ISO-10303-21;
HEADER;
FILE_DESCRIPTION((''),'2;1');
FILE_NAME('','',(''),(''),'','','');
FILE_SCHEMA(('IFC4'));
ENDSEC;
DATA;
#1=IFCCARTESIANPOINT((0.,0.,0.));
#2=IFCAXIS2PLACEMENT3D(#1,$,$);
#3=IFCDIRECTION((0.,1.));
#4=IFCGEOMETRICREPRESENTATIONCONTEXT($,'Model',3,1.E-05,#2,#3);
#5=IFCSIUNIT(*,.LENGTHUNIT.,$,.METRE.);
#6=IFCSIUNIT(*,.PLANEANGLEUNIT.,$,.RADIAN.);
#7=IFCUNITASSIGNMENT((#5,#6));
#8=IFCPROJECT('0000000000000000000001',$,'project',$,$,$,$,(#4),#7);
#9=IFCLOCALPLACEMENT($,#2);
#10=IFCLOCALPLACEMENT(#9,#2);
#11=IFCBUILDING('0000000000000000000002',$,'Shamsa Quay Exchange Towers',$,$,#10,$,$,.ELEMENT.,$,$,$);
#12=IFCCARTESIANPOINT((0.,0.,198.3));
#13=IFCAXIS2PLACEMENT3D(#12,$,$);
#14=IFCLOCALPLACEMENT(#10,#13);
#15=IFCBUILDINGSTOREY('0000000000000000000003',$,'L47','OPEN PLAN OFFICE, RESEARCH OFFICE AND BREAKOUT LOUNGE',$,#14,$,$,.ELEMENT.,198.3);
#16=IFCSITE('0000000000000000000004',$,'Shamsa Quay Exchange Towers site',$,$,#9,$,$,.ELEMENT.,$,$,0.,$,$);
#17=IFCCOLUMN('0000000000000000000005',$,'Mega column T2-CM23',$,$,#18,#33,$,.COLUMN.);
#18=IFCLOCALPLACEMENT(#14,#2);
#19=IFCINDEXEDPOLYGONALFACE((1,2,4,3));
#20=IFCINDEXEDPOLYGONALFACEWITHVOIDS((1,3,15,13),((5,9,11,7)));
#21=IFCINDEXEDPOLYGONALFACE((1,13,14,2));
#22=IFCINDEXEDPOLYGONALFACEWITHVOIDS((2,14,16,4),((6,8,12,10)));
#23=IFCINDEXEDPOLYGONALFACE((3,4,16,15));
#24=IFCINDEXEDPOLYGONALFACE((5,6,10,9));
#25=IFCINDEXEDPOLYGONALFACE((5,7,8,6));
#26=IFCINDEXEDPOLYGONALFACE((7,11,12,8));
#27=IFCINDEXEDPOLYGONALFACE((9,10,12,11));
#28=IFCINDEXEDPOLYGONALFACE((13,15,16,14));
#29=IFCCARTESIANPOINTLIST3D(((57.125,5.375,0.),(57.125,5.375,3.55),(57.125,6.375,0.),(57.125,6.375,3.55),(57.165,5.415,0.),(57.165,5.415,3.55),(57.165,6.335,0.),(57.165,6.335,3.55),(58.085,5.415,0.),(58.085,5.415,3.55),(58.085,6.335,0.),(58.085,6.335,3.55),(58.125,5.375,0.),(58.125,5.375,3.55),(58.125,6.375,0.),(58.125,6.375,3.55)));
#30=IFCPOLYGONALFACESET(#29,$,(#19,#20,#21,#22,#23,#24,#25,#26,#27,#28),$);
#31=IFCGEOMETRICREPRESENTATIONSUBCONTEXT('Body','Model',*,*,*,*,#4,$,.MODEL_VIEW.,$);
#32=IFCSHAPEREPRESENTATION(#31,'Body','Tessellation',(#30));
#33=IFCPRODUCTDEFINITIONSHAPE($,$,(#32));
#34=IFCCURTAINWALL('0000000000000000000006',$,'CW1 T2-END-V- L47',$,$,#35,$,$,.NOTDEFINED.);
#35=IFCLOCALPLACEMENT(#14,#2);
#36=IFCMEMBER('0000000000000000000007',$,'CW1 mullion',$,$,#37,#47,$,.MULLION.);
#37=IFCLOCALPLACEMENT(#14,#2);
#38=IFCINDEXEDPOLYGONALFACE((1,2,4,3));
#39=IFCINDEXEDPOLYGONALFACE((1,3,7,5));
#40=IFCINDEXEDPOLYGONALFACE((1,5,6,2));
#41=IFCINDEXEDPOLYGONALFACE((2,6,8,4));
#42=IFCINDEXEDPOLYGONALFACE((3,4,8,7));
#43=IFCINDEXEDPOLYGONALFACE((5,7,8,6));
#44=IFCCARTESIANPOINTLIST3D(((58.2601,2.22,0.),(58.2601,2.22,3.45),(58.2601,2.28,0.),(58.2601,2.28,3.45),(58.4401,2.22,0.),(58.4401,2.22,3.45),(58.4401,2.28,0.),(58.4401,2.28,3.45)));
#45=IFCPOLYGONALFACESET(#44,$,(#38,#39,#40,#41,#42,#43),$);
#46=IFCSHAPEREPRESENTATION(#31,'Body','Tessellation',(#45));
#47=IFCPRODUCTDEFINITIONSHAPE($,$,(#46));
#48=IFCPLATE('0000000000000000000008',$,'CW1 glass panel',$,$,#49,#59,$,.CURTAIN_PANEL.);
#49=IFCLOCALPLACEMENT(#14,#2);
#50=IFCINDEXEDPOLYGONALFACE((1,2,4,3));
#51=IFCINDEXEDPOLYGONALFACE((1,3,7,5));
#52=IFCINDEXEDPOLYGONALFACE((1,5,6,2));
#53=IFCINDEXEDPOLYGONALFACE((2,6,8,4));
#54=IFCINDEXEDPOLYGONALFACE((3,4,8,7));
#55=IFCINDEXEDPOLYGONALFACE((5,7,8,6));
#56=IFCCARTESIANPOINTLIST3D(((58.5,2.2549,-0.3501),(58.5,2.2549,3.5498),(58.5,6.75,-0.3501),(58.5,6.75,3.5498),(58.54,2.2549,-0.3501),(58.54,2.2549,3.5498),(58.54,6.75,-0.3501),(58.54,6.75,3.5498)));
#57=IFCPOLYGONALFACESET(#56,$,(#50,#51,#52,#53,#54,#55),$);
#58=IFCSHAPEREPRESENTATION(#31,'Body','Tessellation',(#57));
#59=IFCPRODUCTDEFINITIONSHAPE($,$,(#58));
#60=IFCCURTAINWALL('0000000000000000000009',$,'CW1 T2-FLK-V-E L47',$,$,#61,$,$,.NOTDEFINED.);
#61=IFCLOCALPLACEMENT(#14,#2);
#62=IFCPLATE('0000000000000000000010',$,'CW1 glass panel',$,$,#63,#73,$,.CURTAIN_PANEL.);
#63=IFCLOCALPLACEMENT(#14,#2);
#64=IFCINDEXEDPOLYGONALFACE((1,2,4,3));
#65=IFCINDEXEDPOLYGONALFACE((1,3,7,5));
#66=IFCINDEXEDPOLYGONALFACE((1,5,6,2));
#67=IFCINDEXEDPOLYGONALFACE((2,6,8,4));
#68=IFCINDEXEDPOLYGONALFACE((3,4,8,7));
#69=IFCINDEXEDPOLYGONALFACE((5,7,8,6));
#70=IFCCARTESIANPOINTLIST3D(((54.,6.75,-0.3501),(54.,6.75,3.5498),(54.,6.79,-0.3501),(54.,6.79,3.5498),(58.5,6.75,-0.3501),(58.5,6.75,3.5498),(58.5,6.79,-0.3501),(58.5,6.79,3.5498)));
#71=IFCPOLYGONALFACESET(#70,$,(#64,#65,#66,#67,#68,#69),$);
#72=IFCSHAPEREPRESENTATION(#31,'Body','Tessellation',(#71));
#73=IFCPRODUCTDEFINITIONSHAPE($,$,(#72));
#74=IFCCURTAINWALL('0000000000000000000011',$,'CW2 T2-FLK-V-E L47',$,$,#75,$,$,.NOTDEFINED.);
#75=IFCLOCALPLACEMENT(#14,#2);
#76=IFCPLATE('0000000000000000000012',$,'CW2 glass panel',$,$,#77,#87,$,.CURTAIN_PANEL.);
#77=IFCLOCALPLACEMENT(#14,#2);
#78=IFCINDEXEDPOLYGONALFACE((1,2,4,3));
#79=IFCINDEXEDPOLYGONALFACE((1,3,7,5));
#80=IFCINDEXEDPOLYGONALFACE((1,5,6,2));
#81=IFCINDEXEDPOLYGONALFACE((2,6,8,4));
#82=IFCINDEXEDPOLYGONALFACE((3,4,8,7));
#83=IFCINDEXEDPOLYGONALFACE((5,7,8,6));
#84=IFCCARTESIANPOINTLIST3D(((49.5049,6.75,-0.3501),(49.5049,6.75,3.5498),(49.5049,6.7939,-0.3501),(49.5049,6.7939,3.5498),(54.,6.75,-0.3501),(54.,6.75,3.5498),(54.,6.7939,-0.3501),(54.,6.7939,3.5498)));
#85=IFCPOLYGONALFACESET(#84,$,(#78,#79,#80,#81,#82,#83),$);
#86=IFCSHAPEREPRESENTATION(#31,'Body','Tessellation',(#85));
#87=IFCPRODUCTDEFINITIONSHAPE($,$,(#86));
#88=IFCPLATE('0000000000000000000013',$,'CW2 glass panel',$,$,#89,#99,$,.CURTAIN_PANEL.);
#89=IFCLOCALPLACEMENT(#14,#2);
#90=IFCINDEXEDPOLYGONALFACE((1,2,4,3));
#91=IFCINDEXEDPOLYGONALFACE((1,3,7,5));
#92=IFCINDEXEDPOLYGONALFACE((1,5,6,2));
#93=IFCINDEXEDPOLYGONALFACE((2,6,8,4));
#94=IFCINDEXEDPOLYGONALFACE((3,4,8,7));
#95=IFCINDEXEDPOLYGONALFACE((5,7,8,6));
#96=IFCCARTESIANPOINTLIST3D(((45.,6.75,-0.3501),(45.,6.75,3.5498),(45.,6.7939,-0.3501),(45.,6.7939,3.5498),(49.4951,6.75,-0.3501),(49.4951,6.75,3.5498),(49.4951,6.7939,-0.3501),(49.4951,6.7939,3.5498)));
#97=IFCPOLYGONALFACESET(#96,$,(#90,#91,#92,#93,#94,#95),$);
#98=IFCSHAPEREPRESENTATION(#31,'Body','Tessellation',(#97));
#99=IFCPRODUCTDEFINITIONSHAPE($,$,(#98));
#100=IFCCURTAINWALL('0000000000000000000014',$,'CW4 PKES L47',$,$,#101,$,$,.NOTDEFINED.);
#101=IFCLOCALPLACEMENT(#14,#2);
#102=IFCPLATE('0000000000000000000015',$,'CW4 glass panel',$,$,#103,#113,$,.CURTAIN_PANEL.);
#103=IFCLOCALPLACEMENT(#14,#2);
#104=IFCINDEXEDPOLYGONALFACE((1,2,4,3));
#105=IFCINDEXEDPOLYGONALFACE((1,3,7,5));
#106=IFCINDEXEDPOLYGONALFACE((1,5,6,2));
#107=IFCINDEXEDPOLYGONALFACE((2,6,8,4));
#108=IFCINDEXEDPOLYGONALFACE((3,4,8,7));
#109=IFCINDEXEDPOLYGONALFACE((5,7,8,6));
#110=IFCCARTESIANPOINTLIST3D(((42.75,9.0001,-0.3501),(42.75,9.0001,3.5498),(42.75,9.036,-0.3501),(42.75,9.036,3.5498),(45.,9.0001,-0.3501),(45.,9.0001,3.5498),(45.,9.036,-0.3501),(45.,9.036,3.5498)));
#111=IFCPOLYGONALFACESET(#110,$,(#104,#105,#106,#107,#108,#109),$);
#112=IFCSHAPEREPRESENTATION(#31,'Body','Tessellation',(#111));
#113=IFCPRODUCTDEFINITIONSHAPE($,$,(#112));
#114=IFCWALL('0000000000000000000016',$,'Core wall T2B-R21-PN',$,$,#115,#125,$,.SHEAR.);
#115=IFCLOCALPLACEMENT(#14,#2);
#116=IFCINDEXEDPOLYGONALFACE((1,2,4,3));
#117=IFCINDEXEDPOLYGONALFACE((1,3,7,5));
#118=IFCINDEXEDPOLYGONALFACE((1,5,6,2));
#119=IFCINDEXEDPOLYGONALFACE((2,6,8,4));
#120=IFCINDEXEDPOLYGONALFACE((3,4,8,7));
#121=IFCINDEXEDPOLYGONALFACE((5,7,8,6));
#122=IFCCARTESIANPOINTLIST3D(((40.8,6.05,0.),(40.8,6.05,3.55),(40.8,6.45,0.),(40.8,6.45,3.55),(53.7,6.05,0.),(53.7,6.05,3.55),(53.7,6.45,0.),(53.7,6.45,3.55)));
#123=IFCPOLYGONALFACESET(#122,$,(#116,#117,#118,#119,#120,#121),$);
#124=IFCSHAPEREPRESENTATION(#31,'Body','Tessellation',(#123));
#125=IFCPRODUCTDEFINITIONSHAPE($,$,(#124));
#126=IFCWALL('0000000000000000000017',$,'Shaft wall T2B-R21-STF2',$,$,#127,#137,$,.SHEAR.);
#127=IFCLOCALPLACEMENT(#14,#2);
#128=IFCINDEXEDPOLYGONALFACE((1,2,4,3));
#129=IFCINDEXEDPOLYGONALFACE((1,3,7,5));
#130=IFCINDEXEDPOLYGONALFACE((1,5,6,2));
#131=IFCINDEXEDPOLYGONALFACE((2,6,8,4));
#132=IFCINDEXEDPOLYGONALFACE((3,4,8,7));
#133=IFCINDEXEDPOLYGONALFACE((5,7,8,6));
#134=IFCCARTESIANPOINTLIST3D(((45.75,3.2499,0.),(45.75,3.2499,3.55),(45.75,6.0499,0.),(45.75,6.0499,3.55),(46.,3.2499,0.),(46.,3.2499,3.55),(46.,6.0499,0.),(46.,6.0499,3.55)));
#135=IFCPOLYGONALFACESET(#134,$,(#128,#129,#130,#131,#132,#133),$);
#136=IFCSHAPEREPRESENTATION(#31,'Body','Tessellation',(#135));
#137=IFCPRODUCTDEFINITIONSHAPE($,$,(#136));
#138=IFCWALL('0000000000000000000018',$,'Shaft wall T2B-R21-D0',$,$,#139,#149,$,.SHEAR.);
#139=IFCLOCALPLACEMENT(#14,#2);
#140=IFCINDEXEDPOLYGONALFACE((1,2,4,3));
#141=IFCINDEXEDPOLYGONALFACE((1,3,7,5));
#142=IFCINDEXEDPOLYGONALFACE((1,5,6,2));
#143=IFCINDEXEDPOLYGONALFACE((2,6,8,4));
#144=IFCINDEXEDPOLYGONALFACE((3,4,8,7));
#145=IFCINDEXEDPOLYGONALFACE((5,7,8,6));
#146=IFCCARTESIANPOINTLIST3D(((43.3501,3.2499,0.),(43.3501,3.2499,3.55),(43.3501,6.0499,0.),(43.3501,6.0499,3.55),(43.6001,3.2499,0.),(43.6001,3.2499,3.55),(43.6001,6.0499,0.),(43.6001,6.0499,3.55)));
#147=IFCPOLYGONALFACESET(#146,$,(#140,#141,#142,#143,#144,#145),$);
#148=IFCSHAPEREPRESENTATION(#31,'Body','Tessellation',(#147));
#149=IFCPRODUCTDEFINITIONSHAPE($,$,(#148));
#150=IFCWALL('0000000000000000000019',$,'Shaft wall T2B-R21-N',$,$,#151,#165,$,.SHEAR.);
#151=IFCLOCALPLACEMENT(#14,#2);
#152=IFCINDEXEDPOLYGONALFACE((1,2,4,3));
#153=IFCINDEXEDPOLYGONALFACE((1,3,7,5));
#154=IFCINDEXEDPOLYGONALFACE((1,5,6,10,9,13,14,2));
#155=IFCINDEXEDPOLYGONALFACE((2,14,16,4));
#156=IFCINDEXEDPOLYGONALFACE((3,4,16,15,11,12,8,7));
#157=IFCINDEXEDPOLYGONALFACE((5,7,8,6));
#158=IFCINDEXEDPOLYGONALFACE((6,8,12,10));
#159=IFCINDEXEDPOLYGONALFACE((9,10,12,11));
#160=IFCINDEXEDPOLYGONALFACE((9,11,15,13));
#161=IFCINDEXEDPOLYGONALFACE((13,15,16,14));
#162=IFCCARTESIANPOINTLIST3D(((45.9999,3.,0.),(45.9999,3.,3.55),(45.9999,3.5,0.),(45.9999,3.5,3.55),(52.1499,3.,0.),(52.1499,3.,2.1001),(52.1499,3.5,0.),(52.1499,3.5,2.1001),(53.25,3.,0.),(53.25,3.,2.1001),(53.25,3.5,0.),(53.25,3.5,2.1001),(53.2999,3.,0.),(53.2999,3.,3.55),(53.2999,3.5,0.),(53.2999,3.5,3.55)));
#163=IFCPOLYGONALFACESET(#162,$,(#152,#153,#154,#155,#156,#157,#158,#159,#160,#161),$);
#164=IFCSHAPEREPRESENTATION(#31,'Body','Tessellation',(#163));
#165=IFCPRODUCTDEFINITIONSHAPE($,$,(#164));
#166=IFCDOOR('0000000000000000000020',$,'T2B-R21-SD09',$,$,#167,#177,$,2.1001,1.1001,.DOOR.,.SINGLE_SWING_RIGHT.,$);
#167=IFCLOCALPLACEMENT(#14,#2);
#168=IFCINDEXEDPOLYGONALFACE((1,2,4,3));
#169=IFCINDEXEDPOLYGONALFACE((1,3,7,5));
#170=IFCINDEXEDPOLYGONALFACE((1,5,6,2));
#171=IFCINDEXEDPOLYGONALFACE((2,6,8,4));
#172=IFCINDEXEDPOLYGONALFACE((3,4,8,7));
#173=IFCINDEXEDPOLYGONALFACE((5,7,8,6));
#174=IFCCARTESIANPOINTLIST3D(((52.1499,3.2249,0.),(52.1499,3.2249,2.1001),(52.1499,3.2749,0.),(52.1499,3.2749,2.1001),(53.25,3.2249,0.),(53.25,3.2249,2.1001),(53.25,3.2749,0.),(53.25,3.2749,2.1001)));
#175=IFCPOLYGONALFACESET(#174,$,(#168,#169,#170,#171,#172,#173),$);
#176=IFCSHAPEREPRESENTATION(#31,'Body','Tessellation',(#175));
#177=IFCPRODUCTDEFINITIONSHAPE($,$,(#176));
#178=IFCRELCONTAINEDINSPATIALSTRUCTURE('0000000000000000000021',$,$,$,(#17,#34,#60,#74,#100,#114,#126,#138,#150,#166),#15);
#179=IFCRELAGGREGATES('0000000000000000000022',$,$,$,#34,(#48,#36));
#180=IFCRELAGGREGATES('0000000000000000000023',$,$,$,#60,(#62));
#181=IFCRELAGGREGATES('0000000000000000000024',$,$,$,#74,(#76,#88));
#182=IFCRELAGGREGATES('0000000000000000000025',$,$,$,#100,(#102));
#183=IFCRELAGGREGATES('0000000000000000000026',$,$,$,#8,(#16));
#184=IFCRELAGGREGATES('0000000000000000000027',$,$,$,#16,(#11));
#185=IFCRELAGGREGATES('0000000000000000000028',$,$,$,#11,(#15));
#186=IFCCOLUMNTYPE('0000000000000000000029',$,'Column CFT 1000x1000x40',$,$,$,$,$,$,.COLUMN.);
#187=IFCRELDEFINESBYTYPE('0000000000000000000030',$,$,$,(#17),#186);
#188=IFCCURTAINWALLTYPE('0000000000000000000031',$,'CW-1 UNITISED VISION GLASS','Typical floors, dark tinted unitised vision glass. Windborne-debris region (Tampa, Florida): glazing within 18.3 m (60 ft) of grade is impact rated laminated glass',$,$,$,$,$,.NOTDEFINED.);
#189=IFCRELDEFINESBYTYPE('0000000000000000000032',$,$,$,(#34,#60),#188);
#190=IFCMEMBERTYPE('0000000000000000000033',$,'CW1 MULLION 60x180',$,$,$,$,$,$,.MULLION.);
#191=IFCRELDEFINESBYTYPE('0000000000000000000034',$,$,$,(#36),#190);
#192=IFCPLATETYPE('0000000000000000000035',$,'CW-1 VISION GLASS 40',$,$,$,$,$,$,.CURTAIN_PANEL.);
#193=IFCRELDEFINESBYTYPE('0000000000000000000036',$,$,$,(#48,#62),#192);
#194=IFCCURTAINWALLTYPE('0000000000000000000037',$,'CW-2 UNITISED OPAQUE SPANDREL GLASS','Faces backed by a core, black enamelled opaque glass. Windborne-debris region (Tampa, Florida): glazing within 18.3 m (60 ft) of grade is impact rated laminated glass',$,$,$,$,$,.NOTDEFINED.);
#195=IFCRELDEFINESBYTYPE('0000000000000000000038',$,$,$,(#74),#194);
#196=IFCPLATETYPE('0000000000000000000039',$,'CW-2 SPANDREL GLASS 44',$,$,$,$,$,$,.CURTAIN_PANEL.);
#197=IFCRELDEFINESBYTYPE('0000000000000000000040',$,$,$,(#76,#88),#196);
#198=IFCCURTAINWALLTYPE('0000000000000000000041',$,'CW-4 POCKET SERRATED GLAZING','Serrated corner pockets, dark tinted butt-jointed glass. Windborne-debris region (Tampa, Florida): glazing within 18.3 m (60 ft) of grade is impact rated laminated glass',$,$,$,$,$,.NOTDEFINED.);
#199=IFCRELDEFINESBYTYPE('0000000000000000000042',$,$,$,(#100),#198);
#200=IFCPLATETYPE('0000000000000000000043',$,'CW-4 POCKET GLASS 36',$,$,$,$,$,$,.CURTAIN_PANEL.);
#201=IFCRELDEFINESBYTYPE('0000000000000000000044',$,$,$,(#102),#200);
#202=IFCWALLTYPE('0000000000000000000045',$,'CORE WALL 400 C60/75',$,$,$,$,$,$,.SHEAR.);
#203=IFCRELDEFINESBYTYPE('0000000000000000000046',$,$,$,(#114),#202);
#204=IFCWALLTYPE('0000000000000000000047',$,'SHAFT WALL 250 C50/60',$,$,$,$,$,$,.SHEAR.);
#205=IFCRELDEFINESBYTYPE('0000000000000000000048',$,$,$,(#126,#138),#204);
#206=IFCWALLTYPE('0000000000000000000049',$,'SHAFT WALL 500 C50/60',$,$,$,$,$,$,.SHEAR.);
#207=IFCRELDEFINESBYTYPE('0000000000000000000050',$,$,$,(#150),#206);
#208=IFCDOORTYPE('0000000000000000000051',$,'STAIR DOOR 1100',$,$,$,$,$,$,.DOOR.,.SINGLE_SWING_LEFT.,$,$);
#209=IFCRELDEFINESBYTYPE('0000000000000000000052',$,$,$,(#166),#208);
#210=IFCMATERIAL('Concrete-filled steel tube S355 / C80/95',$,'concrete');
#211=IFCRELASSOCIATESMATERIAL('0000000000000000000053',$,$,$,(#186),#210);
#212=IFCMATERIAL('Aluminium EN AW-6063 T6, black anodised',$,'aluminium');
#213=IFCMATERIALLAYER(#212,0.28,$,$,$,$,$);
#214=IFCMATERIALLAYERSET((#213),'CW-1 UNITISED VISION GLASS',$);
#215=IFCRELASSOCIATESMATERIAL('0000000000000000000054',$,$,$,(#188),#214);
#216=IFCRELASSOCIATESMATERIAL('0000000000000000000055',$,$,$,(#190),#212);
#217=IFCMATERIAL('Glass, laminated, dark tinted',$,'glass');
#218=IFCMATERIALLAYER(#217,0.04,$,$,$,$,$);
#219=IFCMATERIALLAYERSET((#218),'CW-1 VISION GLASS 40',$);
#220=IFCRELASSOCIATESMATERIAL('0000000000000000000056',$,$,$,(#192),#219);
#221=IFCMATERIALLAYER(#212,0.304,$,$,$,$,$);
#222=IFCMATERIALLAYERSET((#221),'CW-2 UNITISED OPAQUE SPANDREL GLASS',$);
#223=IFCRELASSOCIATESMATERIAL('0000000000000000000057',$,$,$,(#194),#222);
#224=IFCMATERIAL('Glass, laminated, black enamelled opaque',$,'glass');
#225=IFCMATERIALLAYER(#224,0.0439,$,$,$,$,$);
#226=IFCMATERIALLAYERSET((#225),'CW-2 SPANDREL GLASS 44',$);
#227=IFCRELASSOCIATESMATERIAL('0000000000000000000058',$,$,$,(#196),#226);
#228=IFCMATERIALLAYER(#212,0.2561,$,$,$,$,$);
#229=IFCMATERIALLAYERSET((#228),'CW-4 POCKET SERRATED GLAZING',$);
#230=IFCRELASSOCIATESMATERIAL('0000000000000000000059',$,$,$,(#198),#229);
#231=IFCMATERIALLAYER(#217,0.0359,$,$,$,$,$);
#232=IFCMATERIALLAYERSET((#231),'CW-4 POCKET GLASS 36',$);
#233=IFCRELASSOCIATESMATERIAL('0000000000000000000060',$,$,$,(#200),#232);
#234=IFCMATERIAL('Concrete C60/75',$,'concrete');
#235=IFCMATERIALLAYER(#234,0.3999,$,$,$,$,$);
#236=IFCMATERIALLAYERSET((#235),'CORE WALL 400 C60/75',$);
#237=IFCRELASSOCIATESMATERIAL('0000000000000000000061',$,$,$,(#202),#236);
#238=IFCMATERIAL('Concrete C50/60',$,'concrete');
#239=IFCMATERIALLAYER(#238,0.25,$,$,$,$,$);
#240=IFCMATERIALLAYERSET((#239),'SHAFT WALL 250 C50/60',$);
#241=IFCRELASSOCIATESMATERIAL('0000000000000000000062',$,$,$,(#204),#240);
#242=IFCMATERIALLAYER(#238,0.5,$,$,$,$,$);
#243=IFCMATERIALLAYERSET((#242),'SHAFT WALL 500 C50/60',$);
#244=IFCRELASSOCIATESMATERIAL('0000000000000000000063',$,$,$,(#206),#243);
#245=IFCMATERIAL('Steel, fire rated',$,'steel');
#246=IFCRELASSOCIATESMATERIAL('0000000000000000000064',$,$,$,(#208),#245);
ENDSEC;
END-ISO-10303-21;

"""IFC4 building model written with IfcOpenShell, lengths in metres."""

from ifc_helpers import new_model, si_unit, direction, frame, frame_2d, origin, origin_2d, place, context, subcontext, project, spatial, rectangle, hollow_rectangle, extrude, material, layer, layer_set, material_profile, profile_set, type_object, element, fill, aggregate, save


model = new_model("IFC4")

# Units and contexts
model_context = context("Model", 3, precision=1e-05, world=origin(), true_north=direction((0.0, 1.0)))
body_context = subcontext(model_context, "Body", "Model", "MODEL_VIEW")
ifc_project = project(units=[si_unit("LENGTHUNIT", "METRE"), si_unit("PLANEANGLEUNIT", "RADIAN")], contexts=[model_context])

# Site, building, storey
site_placement = place(None, origin())
site = spatial("IfcSite", under=ifc_project, at=site_placement, Name="Shamsa Quay Exchange Towers site", CompositionType="ELEMENT", RefElevation=0.0)
building_placement = place(site_placement, origin())
building = spatial("IfcBuilding", under=site, at=building_placement, Name="Shamsa Quay Exchange Towers", CompositionType="ELEMENT")
storey_placement = place(building_placement, frame((0.0, 0.0, 198.3)))
storey = spatial("IfcBuildingStorey", under=building, at=storey_placement, Name="L47", Description="OPEN PLAN OFFICE, RESEARCH OFFICE AND BREAKOUT LOUNGE", CompositionType="ELEMENT", Elevation=198.3)

# Column
ifc_material_1 = material(Name="Concrete-filled steel tube S355 / C80/95", Category="concrete")
ifc_material_profile_1 = material_profile(ifc_material_1, hollow_rectangle(XDim=1.0, YDim=1.0, WallThickness=0.04, at=origin_2d()), Name="CFT 1000x1000x40")
ifc_profile_set_1 = profile_set([ifc_material_profile_1], Name="Concrete-filled steel tube S355 / C80/95")
column_type = type_object("IfcColumnType", Name="Column CFT 1000x1000x40", PredefinedType="COLUMN", material=ifc_profile_set_1)
column_placement = place(storey_placement, frame((57.625, 5.875, 0.0)))
element("IfcColumn", 1, at=column_placement, inside=storey, type_object=column_type, Name="Mega column T2-CM23", PredefinedType="COLUMN", context=body_context, shape_type="SweptSolid", body=[
    extrude(hollow_rectangle(XDim=1.0, YDim=1.0, WallThickness=0.04, at=origin_2d()), origin(), (0.0, 0.0, 1.0), 3.55),
])

# Curtain wall, member, plate
ifc_material_2 = material(Name="Aluminium EN AW-6063 T6, black anodised", Category="aluminium")
ifc_layer_1 = layer(ifc_material_2, 0.28)
ifc_layer_set_1 = layer_set([ifc_layer_1], Name="CW-1 UNITISED VISION GLASS")
curtain_wall_type_1 = type_object("IfcCurtainWallType", Name="CW-1 UNITISED VISION GLASS", Description="Typical floors, dark tinted unitised vision glass. Windborne-debris region (Tampa, Florida): glazing within 18.3 m (60 ft) of grade is impact rated laminated glass", PredefinedType="NOTDEFINED", material=ifc_layer_set_1)
curtain_wall_1_placement = place(storey_placement, origin())
curtain_wall_1 = element("IfcCurtainWall", 2, at=curtain_wall_1_placement, inside=storey, type_object=curtain_wall_type_1, Name="CW1 T2-END-V- L47", PredefinedType="NOTDEFINED")
ifc_material_profile_2 = material_profile(ifc_material_2, rectangle(XDim=0.1799, YDim=0.0601, at=origin_2d()), Name="MU60x180")
ifc_profile_set_2 = profile_set([ifc_material_profile_2], Name="Aluminium EN AW-6063 T6, black anodised")
member_type = type_object("IfcMemberType", Name="CW1 MULLION 60x180", PredefinedType="MULLION", material=ifc_profile_set_2)
member_placement = place(storey_placement, frame((58.3501, 2.25, 0.0), z_axis=(0.0, 0.0, 1.0), x_axis=(-1.0, 0.0, 0.0)))
member = element("IfcMember", 3, at=member_placement, type_object=member_type, Name="CW1 mullion", PredefinedType="MULLION", context=body_context, shape_type="SweptSolid", body=[
    extrude(rectangle(XDim=0.1799, YDim=0.0601, at=origin_2d()), origin(), (0.0, 0.0, 1.0), 3.45),
])
ifc_material_3 = material(Name="Glass, laminated, dark tinted", Category="glass")
ifc_layer_2 = layer(ifc_material_3, 0.04)
ifc_layer_set_2 = layer_set([ifc_layer_2], Name="CW-1 VISION GLASS 40")
plate_type_1 = type_object("IfcPlateType", Name="CW-1 VISION GLASS 40", PredefinedType="CURTAIN_PANEL", material=ifc_layer_set_2)
plate_1_placement = place(storey_placement, frame((58.52, 4.5024, -0.3501), z_axis=(0.0, 0.0, 1.0), x_axis=(0.0, 1.0, 0.0)))
plate_1 = element("IfcPlate", 4, at=plate_1_placement, type_object=plate_type_1, Name="CW1 glass panel", PredefinedType="CURTAIN_PANEL", context=body_context, shape_type="SweptSolid", body=[
    extrude(rectangle(XDim=4.4951, YDim=0.04, at=origin_2d()), origin(), (0.0, 0.0, 1.0), 3.8999),
])
aggregate(curtain_wall_1, [plate_1, member])

# Curtain wall, plate
curtain_wall_2_placement = place(storey_placement, origin())
curtain_wall_2 = element("IfcCurtainWall", 5, at=curtain_wall_2_placement, inside=storey, type_object=curtain_wall_type_1, Name="CW1 T2-FLK-V-E L47", PredefinedType="NOTDEFINED")
plate_2_placement = place(storey_placement, frame((56.25, 6.77, -0.3501), z_axis=(0.0, 0.0, 1.0), x_axis=(-1.0, 0.0, 0.0)))
plate_2 = element("IfcPlate", 6, at=plate_2_placement, type_object=plate_type_1, Name="CW1 glass panel", PredefinedType="CURTAIN_PANEL", context=body_context, shape_type="SweptSolid", body=[
    extrude(rectangle(XDim=4.5, YDim=0.04, at=origin_2d()), origin(), (0.0, 0.0, 1.0), 3.8999),
])
aggregate(curtain_wall_2, [plate_2])

# Curtain wall, plates
ifc_layer_3 = layer(ifc_material_2, 0.304)
ifc_layer_set_3 = layer_set([ifc_layer_3], Name="CW-2 UNITISED OPAQUE SPANDREL GLASS")
curtain_wall_type_2 = type_object("IfcCurtainWallType", Name="CW-2 UNITISED OPAQUE SPANDREL GLASS", Description="Faces backed by a core, black enamelled opaque glass. Windborne-debris region (Tampa, Florida): glazing within 18.3 m (60 ft) of grade is impact rated laminated glass", PredefinedType="NOTDEFINED", material=ifc_layer_set_3)
curtain_wall_3_placement = place(storey_placement, origin())
curtain_wall_3 = element("IfcCurtainWall", 7, at=curtain_wall_3_placement, inside=storey, type_object=curtain_wall_type_2, Name="CW2 T2-FLK-V-E L47", PredefinedType="NOTDEFINED")
ifc_material_4 = material(Name="Glass, laminated, black enamelled opaque", Category="glass")
ifc_layer_4 = layer(ifc_material_4, 0.0439)
ifc_layer_set_4 = layer_set([ifc_layer_4], Name="CW-2 SPANDREL GLASS 44")
plate_type_2 = type_object("IfcPlateType", Name="CW-2 SPANDREL GLASS 44", PredefinedType="CURTAIN_PANEL", material=ifc_layer_set_4)
plate_3_placement = place(storey_placement, frame((51.7524, 6.772, -0.3501), z_axis=(0.0, 0.0, 1.0), x_axis=(-1.0, 0.0, 0.0)))
plate_3 = element("IfcPlate", 8, at=plate_3_placement, type_object=plate_type_2, Name="CW2 glass panel", PredefinedType="CURTAIN_PANEL", context=body_context, shape_type="SweptSolid", body=[
    extrude(rectangle(XDim=4.4951, YDim=0.0439, at=origin_2d()), origin(), (0.0, 0.0, 1.0), 3.8999),
])
plate_4_placement = place(storey_placement, frame((47.2476, 6.772, -0.3501), z_axis=(0.0, 0.0, 1.0), x_axis=(-1.0, 0.0, 0.0)))
plate_4 = element("IfcPlate", 9, at=plate_4_placement, type_object=plate_type_2, Name="CW2 glass panel", PredefinedType="CURTAIN_PANEL", context=body_context, shape_type="SweptSolid", body=[
    extrude(rectangle(XDim=4.4951, YDim=0.0439, at=origin_2d()), origin(), (0.0, 0.0, 1.0), 3.8999),
])
aggregate(curtain_wall_3, [plate_3, plate_4])

# Curtain wall, plate
ifc_layer_5 = layer(ifc_material_2, 0.2561)
ifc_layer_set_5 = layer_set([ifc_layer_5], Name="CW-4 POCKET SERRATED GLAZING")
curtain_wall_type_3 = type_object("IfcCurtainWallType", Name="CW-4 POCKET SERRATED GLAZING", Description="Serrated corner pockets, dark tinted butt-jointed glass. Windborne-debris region (Tampa, Florida): glazing within 18.3 m (60 ft) of grade is impact rated laminated glass", PredefinedType="NOTDEFINED", material=ifc_layer_set_5)
curtain_wall_4_placement = place(storey_placement, origin())
curtain_wall_4 = element("IfcCurtainWall", 10, at=curtain_wall_4_placement, inside=storey, type_object=curtain_wall_type_3, Name="CW4 PKES L47", PredefinedType="NOTDEFINED")
ifc_layer_6 = layer(ifc_material_3, 0.0359)
ifc_layer_set_6 = layer_set([ifc_layer_6], Name="CW-4 POCKET GLASS 36")
plate_type_3 = type_object("IfcPlateType", Name="CW-4 POCKET GLASS 36", PredefinedType="CURTAIN_PANEL", material=ifc_layer_set_6)
plate_5_placement = place(storey_placement, frame((43.875, 9.0181, -0.3501), z_axis=(0.0, 0.0, 1.0), x_axis=(-1.0, 0.0, 0.0)))
plate_5 = element("IfcPlate", 11, at=plate_5_placement, type_object=plate_type_3, Name="CW4 glass panel", PredefinedType="CURTAIN_PANEL", context=body_context, shape_type="SweptSolid", body=[
    extrude(rectangle(XDim=2.25, YDim=0.0359, at=origin_2d()), origin(), (0.0, 0.0, 1.0), 3.8999),
])
aggregate(curtain_wall_4, [plate_5])

# Walls
ifc_material_5 = material(Name="Concrete C60/75", Category="concrete")
ifc_layer_7 = layer(ifc_material_5, 0.3999)
ifc_layer_set_7 = layer_set([ifc_layer_7], Name="CORE WALL 400 C60/75")
wall_type_1 = type_object("IfcWallType", Name="CORE WALL 400 C60/75", PredefinedType="SHEAR", material=ifc_layer_set_7)
wall_1_placement = place(storey_placement, frame((53.7, 6.25, 0.0), z_axis=(0.0, 0.0, 1.0), x_axis=(-1.0, 0.0, 0.0)))
element("IfcWall", 12, at=wall_1_placement, inside=storey, type_object=wall_type_1, Name="Core wall T2B-R21-PN", PredefinedType="SHEAR", context=body_context, shape_type="SweptSolid", body=[
    extrude(rectangle(XDim=12.8999, YDim=0.3999, at=frame_2d((6.45, 0.0))), origin(), (0.0, 0.0, 1.0), 3.55),
])
ifc_material_6 = material(Name="Concrete C50/60", Category="concrete")
ifc_layer_8 = layer(ifc_material_6, 0.25)
ifc_layer_set_8 = layer_set([ifc_layer_8], Name="SHAFT WALL 250 C50/60")
wall_type_2 = type_object("IfcWallType", Name="SHAFT WALL 250 C50/60", PredefinedType="SHEAR", material=ifc_layer_set_8)
for number, where, z_axis, x_axis, name in (
    (13, (45.875, 3.25, 0.0), (0.0, 0.0, 1.0), (0.0, 1.0, 0.0), "Shaft wall T2B-R21-STF2"),
    (14, (43.4751, 3.25, 0.0), (0.0, 0.0, 1.0), (0.0, 1.0, 0.0), "Shaft wall T2B-R21-D0"),
):
    element("IfcWall", number, at=place(storey_placement, frame(where, z_axis=z_axis, x_axis=x_axis)), inside=storey, type_object=wall_type_2, Name=name, PredefinedType="SHEAR", context=body_context, shape_type="SweptSolid", body=[
        extrude(rectangle(XDim=2.8, YDim=0.25, at=frame_2d((1.3999, 0.0))), origin(), (0.0, 0.0, 1.0), 3.55),
    ])

# Wall, opening, door
ifc_layer_9 = layer(ifc_material_6, 0.5)
ifc_layer_set_9 = layer_set([ifc_layer_9], Name="SHAFT WALL 500 C50/60")
wall_type_3 = type_object("IfcWallType", Name="SHAFT WALL 500 C50/60", PredefinedType="SHEAR", material=ifc_layer_set_9)
wall_2_placement = place(storey_placement, frame((46.0, 3.25, 0.0)))
wall_2 = element("IfcWall", 15, at=wall_2_placement, inside=storey, type_object=wall_type_3, Name="Shaft wall T2B-R21-N", PredefinedType="SHEAR", context=body_context, shape_type="SweptSolid", body=[
    extrude(rectangle(XDim=7.3, YDim=0.5, at=frame_2d((3.6499, 0.0))), origin(), (0.0, 0.0, 1.0), 3.55),
])
opening_1_placement = place(wall_2_placement, frame((6.1499, 0.0, 0.0)))
opening_1 = element("IfcOpeningElement", 16, at=opening_1_placement, cuts=wall_2, PredefinedType="OPENING", context=body_context, shape_type="SweptSolid", body=[
    extrude(rectangle(XDim=1.1001, YDim=2.1001, at=frame_2d((0.55, 1.05))), frame((0.0, 0.26, 0.0), z_axis=(0.0, -1.0, 0.0), x_axis=(1.0, 0.0, 0.0)), (0.0, 0.0, 1.0), 0.52),
])
ifc_material_7 = material(Name="Steel, fire rated", Category="steel")
door_type_1 = type_object("IfcDoorType", Name="STAIR DOOR 1100", OperationType="SINGLE_SWING_LEFT", PredefinedType="DOOR", material=ifc_material_7)
door_1_placement = place(opening_1_placement, origin())
door_1 = element("IfcDoor", 17, at=door_1_placement, inside=storey, type_object=door_type_1, Name="T2B-R21-SD09", OperationType="SINGLE_SWING_RIGHT", OverallHeight=2.1001, OverallWidth=1.1001, PredefinedType="DOOR", context=body_context, shape_type="SweptSolid", body=[
    extrude(rectangle(XDim=1.1001, YDim=2.1001, at=frame_2d((0.55, 1.05))), frame((0.0, 0.0249, 0.0), z_axis=(0.0, -1.0, 0.0), x_axis=(1.0, 0.0, 0.0)), (0.0, 0.0, 1.0), 0.05),
])
fill(opening_1, door_1)

save(model, "model.ifc")
